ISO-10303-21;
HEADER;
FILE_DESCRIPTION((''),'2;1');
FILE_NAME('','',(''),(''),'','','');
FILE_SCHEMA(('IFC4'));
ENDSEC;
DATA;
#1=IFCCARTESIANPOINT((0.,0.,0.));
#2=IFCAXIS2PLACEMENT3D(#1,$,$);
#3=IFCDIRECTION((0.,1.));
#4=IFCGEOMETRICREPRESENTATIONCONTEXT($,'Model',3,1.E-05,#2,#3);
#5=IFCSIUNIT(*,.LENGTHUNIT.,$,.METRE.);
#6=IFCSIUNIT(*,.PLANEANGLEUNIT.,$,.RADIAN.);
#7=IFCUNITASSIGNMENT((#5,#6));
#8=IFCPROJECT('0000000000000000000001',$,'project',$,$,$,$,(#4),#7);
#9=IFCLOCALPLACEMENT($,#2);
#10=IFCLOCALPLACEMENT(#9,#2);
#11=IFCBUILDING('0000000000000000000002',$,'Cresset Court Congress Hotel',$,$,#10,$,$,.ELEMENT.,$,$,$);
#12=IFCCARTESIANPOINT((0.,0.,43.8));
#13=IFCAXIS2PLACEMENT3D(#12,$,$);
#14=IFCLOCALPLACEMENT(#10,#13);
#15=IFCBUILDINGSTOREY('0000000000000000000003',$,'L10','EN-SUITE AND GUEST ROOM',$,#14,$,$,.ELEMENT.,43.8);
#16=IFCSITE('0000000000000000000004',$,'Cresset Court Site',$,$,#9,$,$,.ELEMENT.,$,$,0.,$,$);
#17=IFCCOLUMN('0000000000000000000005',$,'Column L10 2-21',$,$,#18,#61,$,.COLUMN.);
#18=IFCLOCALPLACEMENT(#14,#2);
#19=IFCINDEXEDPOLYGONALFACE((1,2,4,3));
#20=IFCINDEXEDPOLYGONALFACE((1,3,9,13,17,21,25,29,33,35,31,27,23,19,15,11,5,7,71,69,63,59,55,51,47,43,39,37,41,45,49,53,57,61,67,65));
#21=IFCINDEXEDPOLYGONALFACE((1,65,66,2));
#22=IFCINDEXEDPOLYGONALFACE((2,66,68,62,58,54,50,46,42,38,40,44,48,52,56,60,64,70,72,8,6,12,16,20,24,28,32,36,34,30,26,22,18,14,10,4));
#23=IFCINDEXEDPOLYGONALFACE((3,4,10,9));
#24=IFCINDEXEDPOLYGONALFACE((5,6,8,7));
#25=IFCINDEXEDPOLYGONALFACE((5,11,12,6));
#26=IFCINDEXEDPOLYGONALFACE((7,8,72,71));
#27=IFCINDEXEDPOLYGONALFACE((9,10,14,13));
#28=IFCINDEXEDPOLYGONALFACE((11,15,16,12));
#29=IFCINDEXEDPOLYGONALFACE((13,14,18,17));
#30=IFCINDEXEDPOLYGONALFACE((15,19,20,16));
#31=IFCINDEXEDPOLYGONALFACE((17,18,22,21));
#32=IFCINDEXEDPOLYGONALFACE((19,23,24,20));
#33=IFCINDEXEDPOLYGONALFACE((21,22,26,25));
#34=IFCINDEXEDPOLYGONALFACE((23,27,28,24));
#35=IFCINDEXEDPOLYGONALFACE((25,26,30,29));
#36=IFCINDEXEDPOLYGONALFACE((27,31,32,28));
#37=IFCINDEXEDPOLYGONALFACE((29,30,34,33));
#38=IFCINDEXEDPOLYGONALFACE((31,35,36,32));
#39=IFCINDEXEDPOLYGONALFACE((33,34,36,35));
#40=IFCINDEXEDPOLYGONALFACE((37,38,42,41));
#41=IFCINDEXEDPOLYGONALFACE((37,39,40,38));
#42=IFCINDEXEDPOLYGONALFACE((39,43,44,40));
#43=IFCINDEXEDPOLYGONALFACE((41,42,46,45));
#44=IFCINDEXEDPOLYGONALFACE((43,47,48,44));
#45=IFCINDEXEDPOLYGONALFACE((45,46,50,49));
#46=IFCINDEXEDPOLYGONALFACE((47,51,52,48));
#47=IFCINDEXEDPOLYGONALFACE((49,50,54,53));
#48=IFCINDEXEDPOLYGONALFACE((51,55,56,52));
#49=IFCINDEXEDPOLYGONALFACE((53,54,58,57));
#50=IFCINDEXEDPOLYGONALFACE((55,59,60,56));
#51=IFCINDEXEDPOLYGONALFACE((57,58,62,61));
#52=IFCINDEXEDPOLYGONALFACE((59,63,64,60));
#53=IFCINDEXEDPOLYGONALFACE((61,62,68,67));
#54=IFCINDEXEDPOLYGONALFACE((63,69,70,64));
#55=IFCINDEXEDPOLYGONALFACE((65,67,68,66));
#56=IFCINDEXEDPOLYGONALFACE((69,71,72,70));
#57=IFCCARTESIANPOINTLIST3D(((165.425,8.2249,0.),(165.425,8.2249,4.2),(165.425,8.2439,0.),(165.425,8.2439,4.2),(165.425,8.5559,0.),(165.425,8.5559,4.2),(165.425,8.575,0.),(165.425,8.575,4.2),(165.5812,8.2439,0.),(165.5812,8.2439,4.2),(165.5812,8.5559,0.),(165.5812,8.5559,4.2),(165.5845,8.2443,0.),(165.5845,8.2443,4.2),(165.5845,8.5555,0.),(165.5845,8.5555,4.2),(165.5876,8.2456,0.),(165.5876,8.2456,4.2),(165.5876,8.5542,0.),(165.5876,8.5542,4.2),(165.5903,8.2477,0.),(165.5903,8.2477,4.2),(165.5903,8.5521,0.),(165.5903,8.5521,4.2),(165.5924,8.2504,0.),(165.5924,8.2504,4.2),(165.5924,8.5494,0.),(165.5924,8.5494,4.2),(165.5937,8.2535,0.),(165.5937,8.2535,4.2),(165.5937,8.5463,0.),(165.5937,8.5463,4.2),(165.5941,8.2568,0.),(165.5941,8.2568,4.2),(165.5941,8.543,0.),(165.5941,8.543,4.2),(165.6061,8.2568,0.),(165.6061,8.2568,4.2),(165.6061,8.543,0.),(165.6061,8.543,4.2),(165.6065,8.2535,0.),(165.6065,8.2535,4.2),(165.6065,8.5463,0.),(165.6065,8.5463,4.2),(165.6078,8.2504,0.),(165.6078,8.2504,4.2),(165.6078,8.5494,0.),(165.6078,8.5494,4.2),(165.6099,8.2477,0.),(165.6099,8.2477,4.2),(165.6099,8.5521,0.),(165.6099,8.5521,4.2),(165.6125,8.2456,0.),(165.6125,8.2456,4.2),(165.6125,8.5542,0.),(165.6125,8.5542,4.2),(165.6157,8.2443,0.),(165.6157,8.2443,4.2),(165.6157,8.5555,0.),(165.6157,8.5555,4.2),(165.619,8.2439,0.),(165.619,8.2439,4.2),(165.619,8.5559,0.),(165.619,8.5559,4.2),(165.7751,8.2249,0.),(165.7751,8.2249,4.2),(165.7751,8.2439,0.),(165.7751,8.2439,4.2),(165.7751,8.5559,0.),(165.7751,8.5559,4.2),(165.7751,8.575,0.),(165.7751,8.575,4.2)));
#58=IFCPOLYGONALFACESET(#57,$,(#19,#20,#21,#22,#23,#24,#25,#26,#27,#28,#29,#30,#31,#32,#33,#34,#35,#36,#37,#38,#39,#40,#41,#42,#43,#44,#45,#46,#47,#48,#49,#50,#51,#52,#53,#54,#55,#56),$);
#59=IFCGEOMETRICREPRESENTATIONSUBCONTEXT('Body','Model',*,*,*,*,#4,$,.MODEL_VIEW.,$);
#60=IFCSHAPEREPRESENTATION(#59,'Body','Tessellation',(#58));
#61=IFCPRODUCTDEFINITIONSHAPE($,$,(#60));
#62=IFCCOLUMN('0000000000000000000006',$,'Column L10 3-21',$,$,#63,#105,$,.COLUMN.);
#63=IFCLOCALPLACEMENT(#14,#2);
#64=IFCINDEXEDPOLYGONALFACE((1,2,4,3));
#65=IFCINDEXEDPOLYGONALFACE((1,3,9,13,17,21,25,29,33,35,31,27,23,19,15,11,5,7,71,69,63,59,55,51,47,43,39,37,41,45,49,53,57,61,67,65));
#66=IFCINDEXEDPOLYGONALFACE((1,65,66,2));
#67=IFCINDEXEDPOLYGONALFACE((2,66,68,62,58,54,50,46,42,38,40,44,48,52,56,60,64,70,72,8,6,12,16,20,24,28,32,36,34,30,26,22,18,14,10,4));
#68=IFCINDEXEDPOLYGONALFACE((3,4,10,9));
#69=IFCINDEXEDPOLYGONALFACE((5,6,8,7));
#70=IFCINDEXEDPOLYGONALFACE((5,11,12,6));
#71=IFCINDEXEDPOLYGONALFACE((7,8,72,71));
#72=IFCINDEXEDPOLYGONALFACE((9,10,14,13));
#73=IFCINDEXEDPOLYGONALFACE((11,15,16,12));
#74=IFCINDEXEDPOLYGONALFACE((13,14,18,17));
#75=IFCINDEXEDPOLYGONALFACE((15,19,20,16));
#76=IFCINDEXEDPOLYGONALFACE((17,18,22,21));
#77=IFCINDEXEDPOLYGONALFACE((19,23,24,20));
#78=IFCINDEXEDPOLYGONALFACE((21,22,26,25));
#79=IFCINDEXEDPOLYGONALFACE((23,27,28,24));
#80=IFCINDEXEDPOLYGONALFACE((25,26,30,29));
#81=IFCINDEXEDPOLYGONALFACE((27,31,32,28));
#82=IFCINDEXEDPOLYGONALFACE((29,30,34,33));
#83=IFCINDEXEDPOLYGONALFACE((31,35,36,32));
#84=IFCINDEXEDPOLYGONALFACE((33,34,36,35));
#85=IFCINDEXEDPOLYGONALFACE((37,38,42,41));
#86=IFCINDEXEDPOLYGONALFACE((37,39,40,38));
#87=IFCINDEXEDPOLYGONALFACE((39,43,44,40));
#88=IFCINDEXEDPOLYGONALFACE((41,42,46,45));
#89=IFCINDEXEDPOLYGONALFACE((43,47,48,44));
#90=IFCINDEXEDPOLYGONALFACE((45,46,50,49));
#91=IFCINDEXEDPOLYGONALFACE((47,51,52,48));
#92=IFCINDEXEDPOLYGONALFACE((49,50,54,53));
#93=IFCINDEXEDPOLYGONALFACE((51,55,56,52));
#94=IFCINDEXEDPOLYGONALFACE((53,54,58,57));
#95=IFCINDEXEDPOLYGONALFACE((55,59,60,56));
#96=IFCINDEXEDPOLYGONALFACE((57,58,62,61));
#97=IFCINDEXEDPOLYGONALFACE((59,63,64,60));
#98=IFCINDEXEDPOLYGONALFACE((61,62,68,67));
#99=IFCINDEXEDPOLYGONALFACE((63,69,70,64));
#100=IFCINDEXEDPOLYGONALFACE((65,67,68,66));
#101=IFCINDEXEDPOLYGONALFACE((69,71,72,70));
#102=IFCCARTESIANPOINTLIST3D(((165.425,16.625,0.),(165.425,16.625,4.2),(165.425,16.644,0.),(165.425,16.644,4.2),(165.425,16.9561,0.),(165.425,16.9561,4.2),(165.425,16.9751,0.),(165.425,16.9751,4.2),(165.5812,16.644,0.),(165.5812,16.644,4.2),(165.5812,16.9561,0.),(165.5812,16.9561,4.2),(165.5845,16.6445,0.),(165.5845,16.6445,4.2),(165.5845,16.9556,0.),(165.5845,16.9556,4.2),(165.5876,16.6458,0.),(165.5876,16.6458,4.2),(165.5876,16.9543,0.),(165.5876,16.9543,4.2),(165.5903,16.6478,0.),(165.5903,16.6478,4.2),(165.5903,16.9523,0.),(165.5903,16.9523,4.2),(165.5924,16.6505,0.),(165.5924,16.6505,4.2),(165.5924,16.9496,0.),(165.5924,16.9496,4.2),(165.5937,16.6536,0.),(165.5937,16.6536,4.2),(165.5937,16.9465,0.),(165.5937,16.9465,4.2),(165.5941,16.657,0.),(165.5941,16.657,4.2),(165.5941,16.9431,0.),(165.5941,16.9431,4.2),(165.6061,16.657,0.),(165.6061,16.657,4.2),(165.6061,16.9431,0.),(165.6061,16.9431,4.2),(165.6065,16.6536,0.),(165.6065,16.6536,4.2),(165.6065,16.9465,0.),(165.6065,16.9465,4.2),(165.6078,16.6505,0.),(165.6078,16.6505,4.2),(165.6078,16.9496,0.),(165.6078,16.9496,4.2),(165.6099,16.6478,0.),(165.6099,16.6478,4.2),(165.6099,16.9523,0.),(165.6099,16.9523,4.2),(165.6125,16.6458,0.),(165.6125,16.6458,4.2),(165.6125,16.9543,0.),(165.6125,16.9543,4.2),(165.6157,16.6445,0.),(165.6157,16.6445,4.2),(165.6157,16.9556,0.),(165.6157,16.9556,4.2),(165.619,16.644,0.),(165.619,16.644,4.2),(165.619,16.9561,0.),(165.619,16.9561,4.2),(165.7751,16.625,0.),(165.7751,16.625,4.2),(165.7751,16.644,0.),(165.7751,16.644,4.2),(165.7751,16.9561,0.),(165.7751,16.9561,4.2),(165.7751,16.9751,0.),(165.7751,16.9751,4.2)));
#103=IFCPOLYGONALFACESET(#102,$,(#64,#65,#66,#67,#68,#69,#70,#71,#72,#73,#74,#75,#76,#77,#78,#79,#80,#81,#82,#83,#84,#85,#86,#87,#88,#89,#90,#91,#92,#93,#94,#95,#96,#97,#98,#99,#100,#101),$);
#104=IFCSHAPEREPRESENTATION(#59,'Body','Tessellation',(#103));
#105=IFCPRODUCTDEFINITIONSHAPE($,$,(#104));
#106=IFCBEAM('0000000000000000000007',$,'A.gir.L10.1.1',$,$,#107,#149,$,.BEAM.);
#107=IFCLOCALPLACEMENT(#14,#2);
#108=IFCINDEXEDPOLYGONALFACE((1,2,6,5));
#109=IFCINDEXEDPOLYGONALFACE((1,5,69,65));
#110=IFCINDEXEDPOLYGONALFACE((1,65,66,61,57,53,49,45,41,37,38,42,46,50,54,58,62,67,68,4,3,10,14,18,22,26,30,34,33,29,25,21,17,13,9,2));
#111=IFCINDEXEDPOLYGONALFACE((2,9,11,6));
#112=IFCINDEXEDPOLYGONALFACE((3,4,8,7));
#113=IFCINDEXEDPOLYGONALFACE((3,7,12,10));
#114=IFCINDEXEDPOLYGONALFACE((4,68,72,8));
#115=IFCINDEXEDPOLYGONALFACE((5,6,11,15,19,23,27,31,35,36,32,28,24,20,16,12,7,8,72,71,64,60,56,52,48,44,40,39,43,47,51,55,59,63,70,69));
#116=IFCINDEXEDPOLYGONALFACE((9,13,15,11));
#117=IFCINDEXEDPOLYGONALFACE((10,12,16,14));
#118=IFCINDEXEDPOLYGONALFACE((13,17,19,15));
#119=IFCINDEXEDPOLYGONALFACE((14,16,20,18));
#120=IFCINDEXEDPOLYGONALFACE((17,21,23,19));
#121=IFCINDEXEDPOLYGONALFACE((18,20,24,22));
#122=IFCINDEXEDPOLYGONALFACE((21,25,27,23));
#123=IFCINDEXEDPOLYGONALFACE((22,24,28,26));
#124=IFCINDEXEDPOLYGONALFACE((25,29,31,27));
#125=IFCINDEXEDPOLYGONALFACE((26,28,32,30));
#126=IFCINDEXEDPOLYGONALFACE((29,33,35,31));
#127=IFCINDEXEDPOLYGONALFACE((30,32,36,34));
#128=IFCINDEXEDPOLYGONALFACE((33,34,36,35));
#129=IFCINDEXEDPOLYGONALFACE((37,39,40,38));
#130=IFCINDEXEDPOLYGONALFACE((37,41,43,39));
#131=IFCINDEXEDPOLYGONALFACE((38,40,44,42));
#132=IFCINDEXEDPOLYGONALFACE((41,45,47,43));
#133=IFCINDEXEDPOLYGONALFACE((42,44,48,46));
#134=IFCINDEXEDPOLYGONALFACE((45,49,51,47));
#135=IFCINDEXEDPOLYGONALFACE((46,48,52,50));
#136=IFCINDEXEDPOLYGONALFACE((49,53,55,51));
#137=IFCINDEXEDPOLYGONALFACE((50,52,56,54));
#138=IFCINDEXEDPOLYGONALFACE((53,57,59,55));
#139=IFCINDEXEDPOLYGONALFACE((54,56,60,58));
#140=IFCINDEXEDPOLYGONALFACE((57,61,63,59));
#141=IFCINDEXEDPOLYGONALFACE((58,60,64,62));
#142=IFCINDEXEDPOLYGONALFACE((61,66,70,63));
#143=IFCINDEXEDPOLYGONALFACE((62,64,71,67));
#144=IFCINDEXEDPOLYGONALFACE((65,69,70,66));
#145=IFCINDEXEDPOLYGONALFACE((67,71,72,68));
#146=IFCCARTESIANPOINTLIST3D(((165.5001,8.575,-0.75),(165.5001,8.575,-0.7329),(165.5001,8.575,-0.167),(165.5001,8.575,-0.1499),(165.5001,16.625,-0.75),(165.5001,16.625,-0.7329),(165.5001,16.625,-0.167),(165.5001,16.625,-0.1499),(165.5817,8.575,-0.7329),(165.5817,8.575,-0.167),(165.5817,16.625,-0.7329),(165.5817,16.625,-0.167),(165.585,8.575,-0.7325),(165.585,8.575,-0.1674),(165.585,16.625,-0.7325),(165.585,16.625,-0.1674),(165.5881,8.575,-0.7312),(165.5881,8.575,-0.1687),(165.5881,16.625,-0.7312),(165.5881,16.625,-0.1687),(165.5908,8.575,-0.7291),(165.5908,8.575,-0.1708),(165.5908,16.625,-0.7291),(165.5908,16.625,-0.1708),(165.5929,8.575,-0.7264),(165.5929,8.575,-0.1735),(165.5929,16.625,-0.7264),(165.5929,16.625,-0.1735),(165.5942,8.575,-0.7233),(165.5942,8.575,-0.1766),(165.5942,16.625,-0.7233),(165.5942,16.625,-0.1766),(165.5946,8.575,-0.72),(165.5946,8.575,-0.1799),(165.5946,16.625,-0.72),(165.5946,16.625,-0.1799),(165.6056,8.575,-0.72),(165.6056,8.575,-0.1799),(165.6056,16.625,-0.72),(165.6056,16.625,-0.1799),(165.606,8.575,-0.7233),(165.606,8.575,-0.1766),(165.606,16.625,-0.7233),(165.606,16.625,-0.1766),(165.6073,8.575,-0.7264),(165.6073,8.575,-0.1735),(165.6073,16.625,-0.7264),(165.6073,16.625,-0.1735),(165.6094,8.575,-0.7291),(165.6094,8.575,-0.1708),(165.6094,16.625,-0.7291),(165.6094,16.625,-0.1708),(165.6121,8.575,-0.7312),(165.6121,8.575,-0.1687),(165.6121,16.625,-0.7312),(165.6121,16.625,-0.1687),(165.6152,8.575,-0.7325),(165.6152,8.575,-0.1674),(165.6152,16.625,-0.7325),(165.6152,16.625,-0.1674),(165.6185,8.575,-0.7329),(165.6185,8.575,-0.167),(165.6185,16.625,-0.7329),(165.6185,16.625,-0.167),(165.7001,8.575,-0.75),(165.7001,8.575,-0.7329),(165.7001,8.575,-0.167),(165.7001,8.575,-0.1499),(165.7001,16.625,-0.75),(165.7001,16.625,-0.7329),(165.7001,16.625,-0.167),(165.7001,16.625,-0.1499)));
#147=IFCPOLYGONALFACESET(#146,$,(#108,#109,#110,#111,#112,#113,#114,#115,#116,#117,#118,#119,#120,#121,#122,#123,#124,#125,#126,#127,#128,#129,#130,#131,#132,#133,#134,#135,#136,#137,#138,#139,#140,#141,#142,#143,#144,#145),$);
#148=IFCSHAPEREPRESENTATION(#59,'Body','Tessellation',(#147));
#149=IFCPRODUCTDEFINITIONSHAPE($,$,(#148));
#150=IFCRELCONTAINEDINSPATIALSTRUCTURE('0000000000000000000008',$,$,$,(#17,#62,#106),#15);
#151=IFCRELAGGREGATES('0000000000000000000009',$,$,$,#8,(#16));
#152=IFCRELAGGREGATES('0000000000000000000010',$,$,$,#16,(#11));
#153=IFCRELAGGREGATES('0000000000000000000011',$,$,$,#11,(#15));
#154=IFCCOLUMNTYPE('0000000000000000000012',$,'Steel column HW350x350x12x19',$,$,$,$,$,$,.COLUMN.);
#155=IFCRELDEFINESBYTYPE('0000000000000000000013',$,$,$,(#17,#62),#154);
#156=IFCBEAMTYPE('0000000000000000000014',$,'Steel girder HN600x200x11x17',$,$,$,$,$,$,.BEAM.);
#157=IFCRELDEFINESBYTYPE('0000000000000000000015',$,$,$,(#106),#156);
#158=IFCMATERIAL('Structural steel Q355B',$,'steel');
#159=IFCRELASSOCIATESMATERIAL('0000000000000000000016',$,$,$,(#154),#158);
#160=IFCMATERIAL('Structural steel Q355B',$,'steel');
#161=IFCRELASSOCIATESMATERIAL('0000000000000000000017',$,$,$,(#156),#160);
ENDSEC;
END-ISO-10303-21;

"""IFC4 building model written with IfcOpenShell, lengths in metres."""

from ifc_helpers import new_model, si_unit, direction, frame, origin, origin_2d, place, context, subcontext, project, spatial, i_section, extrude, material, material_profile, profile_set, type_object, element, save


model = new_model("IFC4")

# Units and contexts
model_context = context("Model", 3, precision=1e-05, world=origin(), true_north=direction((0.0, 1.0)))
body_context = subcontext(model_context, "Body", "Model", "MODEL_VIEW")
ifc_project = project(units=[si_unit("LENGTHUNIT", "METRE"), si_unit("PLANEANGLEUNIT", "RADIAN")], contexts=[model_context])

# Site, building, storey
site_placement = place(None, origin())
site = spatial("IfcSite", under=ifc_project, at=site_placement, Name="Cresset Court Site", CompositionType="ELEMENT", RefElevation=0.0)
building_placement = place(site_placement, origin())
building = spatial("IfcBuilding", under=site, at=building_placement, Name="Cresset Court Congress Hotel", CompositionType="ELEMENT")
storey_placement = place(building_placement, frame((0.0, 0.0, 43.8)))
storey = spatial("IfcBuildingStorey", under=building, at=storey_placement, Name="L10", Description="EN-SUITE AND GUEST ROOM", CompositionType="ELEMENT", Elevation=43.8)

# Columns
ifc_material_1 = material(Name="Structural steel Q355B", Category="steel")
ifc_material_profile_1 = material_profile(ifc_material_1, i_section(OverallWidth=0.3501, OverallDepth=0.3501, WebThickness=0.012, FlangeThickness=0.019, FilletRadius=0.0129, at=origin_2d()), Name="HW350x350x12x19")
ifc_profile_set_1 = profile_set([ifc_material_profile_1], Name="Structural steel Q355B")
column_type = type_object("IfcColumnType", Name="Steel column HW350x350x12x19", PredefinedType="COLUMN", material=ifc_profile_set_1)
for number, where, z_axis, x_axis, name in (
    (1, (165.6001, 8.3999, 0.0), (0.0, 0.0, 1.0), (1.0, 0.0, 0.0), "Column L10 2-21"),
    (2, (165.6001, 16.8, 0.0), (0.0, 0.0, 1.0), (1.0, 0.0, 0.0), "Column L10 3-21"),
):
    element("IfcColumn", number, at=place(storey_placement, frame(where, z_axis=z_axis, x_axis=x_axis)), inside=storey, type_object=column_type, Name=name, PredefinedType="COLUMN", context=body_context, shape_type="SweptSolid", body=[
        extrude(i_section(OverallWidth=0.3501, OverallDepth=0.3501, WebThickness=0.012, FlangeThickness=0.019, FilletRadius=0.0129, at=origin_2d()), origin(), (0.0, 0.0, 1.0), 4.2),
    ])

# Beam
ifc_material_2 = material(Name="Structural steel Q355B", Category="steel")
ifc_material_profile_2 = material_profile(ifc_material_2, i_section(OverallWidth=0.2, OverallDepth=0.6001, WebThickness=0.011, FlangeThickness=0.0171, FilletRadius=0.0129, at=origin_2d()), Name="HN600x200x11x17")
ifc_profile_set_2 = profile_set([ifc_material_profile_2], Name="Structural steel Q355B")
beam_type = type_object("IfcBeamType", Name="Steel girder HN600x200x11x17", PredefinedType="BEAM", material=ifc_profile_set_2)
beam_placement = place(storey_placement, frame((165.6001, 8.575, -0.45), z_axis=(0.0, 1.0, 0.0), x_axis=(-1.0, 0.0, 0.0)))
element("IfcBeam", 3, at=beam_placement, inside=storey, type_object=beam_type, Name="A.gir.L10.1.1", PredefinedType="BEAM", context=body_context, shape_type="SweptSolid", body=[
    extrude(i_section(OverallWidth=0.2, OverallDepth=0.6001, WebThickness=0.011, FlangeThickness=0.0171, FilletRadius=0.0129, at=origin_2d()), origin(), (0.0, 0.0, 1.0), 8.05),
])

save(model, "model.ifc")
